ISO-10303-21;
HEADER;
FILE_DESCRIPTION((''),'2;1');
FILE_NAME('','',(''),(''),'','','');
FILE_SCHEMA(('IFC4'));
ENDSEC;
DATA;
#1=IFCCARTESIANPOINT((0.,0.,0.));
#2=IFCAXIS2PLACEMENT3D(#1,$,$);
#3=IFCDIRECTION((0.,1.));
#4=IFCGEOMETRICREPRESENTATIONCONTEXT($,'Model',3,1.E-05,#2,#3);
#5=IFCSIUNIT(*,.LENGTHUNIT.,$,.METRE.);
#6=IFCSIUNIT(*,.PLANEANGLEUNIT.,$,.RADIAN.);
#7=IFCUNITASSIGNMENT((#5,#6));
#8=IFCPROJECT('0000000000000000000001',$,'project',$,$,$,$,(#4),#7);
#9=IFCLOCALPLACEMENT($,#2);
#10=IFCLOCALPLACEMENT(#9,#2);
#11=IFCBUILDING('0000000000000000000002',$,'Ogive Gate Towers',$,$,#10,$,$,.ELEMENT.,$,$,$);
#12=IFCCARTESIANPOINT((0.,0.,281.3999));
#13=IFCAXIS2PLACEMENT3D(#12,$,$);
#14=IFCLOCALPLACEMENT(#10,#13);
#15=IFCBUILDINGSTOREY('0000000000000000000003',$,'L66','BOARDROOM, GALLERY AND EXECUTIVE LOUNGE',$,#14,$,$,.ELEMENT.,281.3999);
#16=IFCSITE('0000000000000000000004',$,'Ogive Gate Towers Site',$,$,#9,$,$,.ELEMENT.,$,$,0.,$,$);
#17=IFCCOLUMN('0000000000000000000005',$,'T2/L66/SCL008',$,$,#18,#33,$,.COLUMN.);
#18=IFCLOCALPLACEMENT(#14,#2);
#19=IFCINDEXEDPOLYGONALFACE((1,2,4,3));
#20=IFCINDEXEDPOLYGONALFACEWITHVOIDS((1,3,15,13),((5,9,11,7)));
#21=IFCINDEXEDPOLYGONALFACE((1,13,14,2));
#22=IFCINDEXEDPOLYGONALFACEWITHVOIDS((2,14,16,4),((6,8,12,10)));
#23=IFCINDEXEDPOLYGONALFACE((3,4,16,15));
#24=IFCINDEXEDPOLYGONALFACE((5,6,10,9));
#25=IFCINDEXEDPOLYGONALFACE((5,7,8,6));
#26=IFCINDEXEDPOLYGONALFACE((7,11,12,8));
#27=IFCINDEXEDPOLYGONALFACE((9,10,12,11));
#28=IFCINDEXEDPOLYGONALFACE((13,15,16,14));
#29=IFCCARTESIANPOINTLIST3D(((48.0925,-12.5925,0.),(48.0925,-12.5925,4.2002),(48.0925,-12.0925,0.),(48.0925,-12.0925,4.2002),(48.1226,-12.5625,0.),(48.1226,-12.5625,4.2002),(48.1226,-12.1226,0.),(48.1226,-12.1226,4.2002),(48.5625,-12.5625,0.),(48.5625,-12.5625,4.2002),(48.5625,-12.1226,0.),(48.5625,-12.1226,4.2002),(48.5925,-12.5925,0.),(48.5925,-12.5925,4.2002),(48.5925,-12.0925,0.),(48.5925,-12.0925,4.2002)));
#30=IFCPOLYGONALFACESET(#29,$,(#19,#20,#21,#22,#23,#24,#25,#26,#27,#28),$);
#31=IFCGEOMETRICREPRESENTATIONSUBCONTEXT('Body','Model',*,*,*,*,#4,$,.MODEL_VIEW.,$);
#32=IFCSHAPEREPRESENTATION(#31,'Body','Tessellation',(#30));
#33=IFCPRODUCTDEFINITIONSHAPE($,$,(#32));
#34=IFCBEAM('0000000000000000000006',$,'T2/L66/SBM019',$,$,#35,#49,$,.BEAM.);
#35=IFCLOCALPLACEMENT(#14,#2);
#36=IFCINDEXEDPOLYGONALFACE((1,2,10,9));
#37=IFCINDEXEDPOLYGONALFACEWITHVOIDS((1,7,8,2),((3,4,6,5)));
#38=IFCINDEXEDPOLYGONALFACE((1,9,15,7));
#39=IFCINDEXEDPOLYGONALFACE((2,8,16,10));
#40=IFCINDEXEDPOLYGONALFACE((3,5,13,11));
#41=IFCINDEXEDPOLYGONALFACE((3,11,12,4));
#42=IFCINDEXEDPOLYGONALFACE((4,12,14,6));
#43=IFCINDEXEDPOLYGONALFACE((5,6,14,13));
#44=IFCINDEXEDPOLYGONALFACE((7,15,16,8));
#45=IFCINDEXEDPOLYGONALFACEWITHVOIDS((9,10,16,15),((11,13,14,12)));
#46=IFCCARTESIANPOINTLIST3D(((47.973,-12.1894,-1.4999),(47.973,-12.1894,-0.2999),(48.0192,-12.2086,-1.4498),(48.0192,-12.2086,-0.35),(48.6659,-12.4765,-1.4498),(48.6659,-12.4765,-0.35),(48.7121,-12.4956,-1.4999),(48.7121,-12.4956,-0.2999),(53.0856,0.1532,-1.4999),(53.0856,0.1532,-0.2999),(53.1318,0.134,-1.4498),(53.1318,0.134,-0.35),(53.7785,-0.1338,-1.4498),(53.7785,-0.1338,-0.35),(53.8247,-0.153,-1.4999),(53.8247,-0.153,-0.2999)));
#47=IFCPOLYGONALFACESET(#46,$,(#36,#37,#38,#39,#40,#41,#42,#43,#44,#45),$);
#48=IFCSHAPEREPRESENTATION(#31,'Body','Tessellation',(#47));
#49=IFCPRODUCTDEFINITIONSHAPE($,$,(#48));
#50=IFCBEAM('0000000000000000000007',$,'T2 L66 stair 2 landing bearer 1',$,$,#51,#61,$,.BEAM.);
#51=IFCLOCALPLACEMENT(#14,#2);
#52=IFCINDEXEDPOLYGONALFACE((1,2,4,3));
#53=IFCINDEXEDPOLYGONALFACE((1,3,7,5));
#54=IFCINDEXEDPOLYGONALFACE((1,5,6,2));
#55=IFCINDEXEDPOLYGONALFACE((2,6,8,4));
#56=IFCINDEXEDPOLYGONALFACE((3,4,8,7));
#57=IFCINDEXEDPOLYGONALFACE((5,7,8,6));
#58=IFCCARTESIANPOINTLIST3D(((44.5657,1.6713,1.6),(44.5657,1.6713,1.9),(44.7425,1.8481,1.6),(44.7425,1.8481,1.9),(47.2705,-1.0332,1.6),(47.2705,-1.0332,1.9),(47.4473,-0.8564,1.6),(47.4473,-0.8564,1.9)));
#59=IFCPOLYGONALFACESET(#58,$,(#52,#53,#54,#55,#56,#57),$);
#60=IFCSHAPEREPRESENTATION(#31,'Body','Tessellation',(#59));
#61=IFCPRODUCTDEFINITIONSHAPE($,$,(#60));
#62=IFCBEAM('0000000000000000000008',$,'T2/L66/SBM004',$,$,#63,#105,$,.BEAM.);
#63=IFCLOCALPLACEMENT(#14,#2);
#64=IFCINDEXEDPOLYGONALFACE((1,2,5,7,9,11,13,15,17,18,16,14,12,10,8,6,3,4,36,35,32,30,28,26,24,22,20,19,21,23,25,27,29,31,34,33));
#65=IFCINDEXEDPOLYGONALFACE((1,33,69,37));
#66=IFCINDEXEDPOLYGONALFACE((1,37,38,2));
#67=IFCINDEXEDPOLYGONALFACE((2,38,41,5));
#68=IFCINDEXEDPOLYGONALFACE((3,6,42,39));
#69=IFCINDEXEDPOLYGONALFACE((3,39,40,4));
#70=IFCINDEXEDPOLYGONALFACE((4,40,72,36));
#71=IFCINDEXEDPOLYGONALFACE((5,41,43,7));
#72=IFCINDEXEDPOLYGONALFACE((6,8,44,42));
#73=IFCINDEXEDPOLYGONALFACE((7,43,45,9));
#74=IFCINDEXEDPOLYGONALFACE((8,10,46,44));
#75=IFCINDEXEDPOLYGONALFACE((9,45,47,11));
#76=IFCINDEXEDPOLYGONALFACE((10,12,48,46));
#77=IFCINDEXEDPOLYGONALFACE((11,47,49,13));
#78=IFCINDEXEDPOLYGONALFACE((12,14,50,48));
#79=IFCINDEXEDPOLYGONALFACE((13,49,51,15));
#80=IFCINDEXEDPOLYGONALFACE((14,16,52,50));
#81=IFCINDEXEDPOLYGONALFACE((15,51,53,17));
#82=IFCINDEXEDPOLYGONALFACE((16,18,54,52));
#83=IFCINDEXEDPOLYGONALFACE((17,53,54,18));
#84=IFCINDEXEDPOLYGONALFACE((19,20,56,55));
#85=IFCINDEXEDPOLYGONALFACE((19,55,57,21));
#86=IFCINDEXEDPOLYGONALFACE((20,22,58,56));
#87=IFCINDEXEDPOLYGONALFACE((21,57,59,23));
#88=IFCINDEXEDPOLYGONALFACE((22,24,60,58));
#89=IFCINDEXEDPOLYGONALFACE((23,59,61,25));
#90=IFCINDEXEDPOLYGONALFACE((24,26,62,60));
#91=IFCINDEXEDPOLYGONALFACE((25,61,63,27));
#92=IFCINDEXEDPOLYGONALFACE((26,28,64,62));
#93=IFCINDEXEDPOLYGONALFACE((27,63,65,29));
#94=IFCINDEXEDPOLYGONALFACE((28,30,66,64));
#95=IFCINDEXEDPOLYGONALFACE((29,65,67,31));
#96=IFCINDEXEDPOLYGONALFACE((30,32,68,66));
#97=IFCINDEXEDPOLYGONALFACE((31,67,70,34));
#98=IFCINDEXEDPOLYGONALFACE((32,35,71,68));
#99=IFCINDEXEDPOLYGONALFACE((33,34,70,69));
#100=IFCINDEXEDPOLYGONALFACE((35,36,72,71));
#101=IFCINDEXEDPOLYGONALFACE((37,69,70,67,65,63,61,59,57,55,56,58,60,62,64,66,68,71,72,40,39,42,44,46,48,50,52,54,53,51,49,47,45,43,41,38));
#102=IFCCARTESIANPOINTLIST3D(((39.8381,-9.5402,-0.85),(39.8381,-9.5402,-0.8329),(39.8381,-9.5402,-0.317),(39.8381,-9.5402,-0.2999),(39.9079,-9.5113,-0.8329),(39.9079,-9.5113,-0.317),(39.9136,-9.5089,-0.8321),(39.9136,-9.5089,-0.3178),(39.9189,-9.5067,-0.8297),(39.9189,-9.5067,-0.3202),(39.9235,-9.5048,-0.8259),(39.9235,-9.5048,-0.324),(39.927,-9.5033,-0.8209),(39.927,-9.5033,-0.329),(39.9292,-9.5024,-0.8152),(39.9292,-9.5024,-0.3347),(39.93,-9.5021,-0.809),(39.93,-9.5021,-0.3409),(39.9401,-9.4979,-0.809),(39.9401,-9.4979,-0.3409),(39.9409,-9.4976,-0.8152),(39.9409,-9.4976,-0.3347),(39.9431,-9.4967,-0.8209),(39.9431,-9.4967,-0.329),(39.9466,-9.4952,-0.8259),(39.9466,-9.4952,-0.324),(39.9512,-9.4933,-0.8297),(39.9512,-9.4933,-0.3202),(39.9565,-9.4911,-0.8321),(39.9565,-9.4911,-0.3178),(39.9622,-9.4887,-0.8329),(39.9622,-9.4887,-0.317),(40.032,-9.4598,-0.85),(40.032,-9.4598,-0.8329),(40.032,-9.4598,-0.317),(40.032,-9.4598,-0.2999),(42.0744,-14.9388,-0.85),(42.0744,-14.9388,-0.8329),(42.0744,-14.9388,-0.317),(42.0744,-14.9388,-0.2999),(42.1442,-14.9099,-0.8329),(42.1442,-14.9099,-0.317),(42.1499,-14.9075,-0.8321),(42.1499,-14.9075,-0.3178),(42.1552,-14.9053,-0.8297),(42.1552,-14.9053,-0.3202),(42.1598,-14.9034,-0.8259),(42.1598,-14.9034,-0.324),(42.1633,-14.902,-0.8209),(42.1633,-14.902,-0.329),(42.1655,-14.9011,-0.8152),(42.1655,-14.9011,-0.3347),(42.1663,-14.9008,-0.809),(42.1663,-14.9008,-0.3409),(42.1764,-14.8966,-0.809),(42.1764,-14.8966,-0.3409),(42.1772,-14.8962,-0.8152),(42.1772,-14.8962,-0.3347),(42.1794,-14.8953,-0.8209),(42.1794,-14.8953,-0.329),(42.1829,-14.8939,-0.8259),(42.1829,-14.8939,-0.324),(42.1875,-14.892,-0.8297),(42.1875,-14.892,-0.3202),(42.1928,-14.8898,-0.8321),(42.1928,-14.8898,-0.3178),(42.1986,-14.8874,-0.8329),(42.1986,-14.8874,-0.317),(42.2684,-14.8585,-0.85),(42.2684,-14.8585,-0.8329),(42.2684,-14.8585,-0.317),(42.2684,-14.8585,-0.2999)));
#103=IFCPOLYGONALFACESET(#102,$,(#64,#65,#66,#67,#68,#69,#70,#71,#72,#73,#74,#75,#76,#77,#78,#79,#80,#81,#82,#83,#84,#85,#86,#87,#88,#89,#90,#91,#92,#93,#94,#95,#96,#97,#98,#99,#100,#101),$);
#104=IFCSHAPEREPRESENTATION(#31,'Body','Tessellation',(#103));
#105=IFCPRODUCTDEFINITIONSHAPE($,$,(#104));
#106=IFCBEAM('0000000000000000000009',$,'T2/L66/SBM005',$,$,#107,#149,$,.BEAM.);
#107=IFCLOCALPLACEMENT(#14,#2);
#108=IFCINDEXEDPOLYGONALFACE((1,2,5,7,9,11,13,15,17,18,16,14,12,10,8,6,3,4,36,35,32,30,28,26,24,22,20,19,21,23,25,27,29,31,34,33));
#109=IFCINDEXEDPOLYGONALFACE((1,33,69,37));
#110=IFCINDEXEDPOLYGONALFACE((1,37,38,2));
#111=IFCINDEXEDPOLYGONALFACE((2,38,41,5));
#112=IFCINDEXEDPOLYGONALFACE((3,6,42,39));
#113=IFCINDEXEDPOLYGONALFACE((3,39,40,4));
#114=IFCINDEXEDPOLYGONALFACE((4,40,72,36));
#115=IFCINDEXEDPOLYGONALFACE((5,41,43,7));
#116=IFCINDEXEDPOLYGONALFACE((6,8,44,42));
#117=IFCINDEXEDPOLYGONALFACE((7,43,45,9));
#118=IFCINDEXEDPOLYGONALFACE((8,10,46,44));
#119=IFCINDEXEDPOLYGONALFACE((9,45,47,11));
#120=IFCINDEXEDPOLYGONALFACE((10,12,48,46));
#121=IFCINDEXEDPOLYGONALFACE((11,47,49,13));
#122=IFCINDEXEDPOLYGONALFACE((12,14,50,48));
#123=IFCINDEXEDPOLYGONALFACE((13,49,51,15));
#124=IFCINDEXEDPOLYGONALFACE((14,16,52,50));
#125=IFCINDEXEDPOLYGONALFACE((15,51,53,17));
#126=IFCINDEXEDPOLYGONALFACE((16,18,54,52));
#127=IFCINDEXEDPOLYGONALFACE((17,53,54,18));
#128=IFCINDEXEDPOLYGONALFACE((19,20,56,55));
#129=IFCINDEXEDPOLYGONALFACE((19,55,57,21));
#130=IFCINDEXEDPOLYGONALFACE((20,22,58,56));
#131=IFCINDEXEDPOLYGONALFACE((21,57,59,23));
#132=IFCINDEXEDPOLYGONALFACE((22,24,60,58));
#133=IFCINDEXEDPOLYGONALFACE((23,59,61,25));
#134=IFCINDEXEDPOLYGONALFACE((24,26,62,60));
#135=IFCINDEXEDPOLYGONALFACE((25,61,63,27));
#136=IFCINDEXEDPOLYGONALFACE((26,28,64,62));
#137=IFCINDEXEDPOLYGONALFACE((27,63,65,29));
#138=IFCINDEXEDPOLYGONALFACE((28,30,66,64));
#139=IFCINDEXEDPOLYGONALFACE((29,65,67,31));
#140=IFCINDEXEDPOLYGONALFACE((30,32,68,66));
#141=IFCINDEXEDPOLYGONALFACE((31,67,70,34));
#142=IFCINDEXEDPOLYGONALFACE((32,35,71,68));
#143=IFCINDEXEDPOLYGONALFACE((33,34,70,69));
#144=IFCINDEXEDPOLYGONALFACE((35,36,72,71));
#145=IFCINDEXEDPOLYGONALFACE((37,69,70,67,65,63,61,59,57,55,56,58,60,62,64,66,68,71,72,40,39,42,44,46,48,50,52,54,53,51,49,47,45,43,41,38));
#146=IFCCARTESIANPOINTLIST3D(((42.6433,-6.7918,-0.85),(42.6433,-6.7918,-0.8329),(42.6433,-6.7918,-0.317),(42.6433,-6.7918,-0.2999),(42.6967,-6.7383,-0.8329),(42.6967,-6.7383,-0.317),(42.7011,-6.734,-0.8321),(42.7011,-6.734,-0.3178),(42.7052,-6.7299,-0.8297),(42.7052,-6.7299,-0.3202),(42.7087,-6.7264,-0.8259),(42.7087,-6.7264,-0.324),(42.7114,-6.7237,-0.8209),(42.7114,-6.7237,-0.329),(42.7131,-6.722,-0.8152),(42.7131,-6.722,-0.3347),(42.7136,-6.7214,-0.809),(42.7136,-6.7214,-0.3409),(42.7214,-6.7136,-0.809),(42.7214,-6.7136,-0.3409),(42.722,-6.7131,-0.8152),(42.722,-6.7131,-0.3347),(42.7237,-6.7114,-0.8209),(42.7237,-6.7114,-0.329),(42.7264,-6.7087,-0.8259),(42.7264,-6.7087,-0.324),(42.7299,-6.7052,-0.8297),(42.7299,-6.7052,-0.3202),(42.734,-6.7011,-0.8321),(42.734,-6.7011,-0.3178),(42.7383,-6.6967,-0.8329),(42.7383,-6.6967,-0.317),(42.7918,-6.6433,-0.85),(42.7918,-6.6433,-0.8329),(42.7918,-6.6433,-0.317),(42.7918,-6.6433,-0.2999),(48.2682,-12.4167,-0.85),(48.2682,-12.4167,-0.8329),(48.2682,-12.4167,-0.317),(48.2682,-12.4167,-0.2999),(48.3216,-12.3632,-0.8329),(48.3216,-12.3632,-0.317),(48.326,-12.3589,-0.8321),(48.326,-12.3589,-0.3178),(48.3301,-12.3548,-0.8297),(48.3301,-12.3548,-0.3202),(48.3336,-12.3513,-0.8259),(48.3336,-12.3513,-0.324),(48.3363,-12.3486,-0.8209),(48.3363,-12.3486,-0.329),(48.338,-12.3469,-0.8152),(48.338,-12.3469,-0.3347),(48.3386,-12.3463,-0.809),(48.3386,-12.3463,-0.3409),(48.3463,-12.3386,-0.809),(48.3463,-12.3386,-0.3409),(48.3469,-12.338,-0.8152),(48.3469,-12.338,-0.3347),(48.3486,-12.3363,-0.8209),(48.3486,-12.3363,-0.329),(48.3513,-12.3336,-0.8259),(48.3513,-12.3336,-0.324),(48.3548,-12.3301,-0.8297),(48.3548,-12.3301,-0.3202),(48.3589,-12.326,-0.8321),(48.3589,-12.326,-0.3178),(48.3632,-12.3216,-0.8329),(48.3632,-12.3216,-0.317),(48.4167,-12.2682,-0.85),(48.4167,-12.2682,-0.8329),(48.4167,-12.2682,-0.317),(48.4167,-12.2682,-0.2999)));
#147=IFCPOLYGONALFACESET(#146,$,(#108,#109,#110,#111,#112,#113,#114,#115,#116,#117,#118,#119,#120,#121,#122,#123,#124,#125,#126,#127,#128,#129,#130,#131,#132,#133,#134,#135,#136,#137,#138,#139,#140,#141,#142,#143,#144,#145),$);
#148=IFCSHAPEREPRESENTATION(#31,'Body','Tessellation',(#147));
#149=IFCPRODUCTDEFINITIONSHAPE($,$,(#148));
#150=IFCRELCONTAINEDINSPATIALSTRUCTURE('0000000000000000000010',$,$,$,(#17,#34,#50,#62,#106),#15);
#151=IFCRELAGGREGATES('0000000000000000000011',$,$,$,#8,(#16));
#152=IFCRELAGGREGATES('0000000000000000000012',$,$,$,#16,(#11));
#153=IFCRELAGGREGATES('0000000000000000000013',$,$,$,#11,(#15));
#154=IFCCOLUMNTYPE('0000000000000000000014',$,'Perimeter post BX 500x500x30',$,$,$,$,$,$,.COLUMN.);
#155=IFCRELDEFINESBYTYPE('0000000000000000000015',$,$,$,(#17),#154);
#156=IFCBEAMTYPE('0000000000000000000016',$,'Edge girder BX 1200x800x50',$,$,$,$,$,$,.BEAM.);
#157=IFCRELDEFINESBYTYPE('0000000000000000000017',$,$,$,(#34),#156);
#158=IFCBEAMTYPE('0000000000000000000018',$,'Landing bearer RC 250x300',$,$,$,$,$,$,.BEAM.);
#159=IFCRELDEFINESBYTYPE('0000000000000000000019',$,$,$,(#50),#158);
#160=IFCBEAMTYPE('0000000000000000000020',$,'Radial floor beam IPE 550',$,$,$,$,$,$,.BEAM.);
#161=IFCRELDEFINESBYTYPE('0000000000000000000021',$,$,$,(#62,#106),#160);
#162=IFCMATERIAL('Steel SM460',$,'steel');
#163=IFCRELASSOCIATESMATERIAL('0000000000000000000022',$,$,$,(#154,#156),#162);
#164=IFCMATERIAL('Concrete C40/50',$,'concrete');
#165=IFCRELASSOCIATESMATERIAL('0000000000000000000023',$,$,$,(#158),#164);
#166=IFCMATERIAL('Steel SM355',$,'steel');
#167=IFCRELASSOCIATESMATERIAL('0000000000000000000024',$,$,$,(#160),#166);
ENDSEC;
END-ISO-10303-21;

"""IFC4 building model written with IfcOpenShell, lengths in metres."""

from ifc_helpers import new_model, si_unit, direction, frame, origin, origin_2d, place, context, subcontext, project, spatial, rectangle, hollow_rectangle, i_section, extrude, material, material_profile, profile_set, type_object, element, save


model = new_model("IFC4")

# Units and contexts
model_context = context("Model", 3, precision=1e-05, world=origin(), true_north=direction((0.0, 1.0)))
body_context = subcontext(model_context, "Body", "Model", "MODEL_VIEW")
ifc_project = project(units=[si_unit("LENGTHUNIT", "METRE"), si_unit("PLANEANGLEUNIT", "RADIAN")], contexts=[model_context])

# Site, building, storey
site_placement = place(None, origin())
site = spatial("IfcSite", under=ifc_project, at=site_placement, Name="Ogive Gate Towers Site", CompositionType="ELEMENT", RefElevation=0.0)
building_placement = place(site_placement, origin())
building = spatial("IfcBuilding", under=site, at=building_placement, Name="Ogive Gate Towers", CompositionType="ELEMENT")
storey_placement = place(building_placement, frame((0.0, 0.0, 281.3999)))
storey = spatial("IfcBuildingStorey", under=building, at=storey_placement, Name="L66", Description="BOARDROOM, GALLERY AND EXECUTIVE LOUNGE", CompositionType="ELEMENT", Elevation=281.3999)

# Column
ifc_material_1 = material(Name="Steel SM460", Category="steel")
ifc_material_profile_1 = material_profile(ifc_material_1, hollow_rectangle(XDim=0.5, YDim=0.5, WallThickness=0.03, at=origin_2d()), Name="BX 500x500x30")
ifc_profile_set_1 = profile_set([ifc_material_profile_1], Name="Steel SM460")
column_type = type_object("IfcColumnType", Name="Perimeter post BX 500x500x30", PredefinedType="COLUMN", material=ifc_profile_set_1)
column_placement = place(storey_placement, frame((48.3425, -12.3425, 0.0), z_axis=(0.0, 0.0, 1.0), x_axis=(1.0, 0.0, 0.0)))
element("IfcColumn", 1, at=column_placement, inside=storey, type_object=column_type, Name="T2/L66/SCL008", PredefinedType="COLUMN", context=body_context, shape_type="SweptSolid", body=[
    extrude(hollow_rectangle(XDim=0.5, YDim=0.5, WallThickness=0.03, at=origin_2d()), origin(), (0.0, 0.0, 1.0), 4.2002),
])

# Beams
ifc_material_profile_2 = material_profile(ifc_material_1, hollow_rectangle(XDim=0.8, YDim=1.2, WallThickness=0.05, at=origin_2d()), Name="BX 1200x800x50")
ifc_profile_set_2 = profile_set([ifc_material_profile_2], Name="Steel SM460")
beam_type_1 = type_object("IfcBeamType", Name="Edge girder BX 1200x800x50", PredefinedType="BEAM", material=ifc_profile_set_2)
beam_1_placement = place(storey_placement, frame((48.3425, -12.3425, -0.8999), z_axis=(0.38269, 0.923877, 0.0), x_axis=(-0.923877, 0.38269, 0.0)))
element("IfcBeam", 2, at=beam_1_placement, inside=storey, type_object=beam_type_1, Name="T2/L66/SBM019", PredefinedType="BEAM", context=body_context, shape_type="SweptSolid", body=[
    extrude(hollow_rectangle(XDim=0.8, YDim=1.2, WallThickness=0.05, at=origin_2d()), origin(), (0.0, 0.0, 1.0), 13.3596),
])
ifc_material_2 = material(Name="Concrete C40/50", Category="concrete")
ifc_material_profile_3 = material_profile(ifc_material_2, rectangle(XDim=0.25, YDim=0.3, at=origin_2d()), Name="RC 250x300")
ifc_profile_set_3 = profile_set([ifc_material_profile_3], Name="Concrete C40/50")
beam_type_2 = type_object("IfcBeamType", Name="Landing bearer RC 250x300", PredefinedType="BEAM", material=ifc_profile_set_3)
beam_2_placement = place(storey_placement, frame((47.3589, -0.9448, 1.75), z_axis=(-0.707139, 0.707075, 0.0), x_axis=(-0.707075, -0.707139, 0.0)))
element("IfcBeam", 3, at=beam_2_placement, inside=storey, type_object=beam_type_2, Name="T2 L66 stair 2 landing bearer 1", PredefinedType="BEAM", context=body_context, shape_type="SweptSolid", body=[
    extrude(rectangle(XDim=0.25, YDim=0.3, at=origin_2d()), origin(), (0.0, 0.0, 1.0), 3.825),
])
ifc_material_3 = material(Name="Steel SM355", Category="steel")
ifc_material_profile_4 = material_profile(ifc_material_3, i_section(OverallWidth=0.21, OverallDepth=0.55, WebThickness=0.011, FlangeThickness=0.0171, FilletRadius=0.0239, at=origin_2d()), Name="IPE 550")
ifc_profile_set_4 = profile_set([ifc_material_profile_4], Name="Steel SM355")
beam_type_3 = type_object("IfcBeamType", Name="Radial floor beam IPE 550", PredefinedType="BEAM", material=ifc_profile_set_4)
beam_3_placement = place(storey_placement, frame((39.9351, -9.5, -0.575), z_axis=(0.382701, -0.923872, 0.0), x_axis=(0.923872, 0.382701, 0.0)))
element("IfcBeam", 4, at=beam_3_placement, inside=storey, type_object=beam_type_3, Name="T2/L66/SBM004", PredefinedType="BEAM", context=body_context, shape_type="SweptSolid", body=[
    extrude(i_section(OverallWidth=0.21, OverallDepth=0.55, WebThickness=0.011, FlangeThickness=0.0171, FilletRadius=0.0239, at=origin_2d()), origin(), (0.0, 0.0, 1.0), 5.8435),
])
beam_4_placement = place(storey_placement, frame((42.7175, -6.7175, -0.575), z_axis=(0.707107, -0.707107, 0.0), x_axis=(0.707107, 0.707107, 0.0)))
element("IfcBeam", 5, at=beam_4_placement, inside=storey, type_object=beam_type_3, Name="T2/L66/SBM005", PredefinedType="BEAM", context=body_context, shape_type="SweptSolid", body=[
    extrude(i_section(OverallWidth=0.21, OverallDepth=0.55, WebThickness=0.011, FlangeThickness=0.0171, FilletRadius=0.0239, at=origin_2d()), origin(), (0.0, 0.0, 1.0), 7.9548),
])

save(model, "model.ifc")
